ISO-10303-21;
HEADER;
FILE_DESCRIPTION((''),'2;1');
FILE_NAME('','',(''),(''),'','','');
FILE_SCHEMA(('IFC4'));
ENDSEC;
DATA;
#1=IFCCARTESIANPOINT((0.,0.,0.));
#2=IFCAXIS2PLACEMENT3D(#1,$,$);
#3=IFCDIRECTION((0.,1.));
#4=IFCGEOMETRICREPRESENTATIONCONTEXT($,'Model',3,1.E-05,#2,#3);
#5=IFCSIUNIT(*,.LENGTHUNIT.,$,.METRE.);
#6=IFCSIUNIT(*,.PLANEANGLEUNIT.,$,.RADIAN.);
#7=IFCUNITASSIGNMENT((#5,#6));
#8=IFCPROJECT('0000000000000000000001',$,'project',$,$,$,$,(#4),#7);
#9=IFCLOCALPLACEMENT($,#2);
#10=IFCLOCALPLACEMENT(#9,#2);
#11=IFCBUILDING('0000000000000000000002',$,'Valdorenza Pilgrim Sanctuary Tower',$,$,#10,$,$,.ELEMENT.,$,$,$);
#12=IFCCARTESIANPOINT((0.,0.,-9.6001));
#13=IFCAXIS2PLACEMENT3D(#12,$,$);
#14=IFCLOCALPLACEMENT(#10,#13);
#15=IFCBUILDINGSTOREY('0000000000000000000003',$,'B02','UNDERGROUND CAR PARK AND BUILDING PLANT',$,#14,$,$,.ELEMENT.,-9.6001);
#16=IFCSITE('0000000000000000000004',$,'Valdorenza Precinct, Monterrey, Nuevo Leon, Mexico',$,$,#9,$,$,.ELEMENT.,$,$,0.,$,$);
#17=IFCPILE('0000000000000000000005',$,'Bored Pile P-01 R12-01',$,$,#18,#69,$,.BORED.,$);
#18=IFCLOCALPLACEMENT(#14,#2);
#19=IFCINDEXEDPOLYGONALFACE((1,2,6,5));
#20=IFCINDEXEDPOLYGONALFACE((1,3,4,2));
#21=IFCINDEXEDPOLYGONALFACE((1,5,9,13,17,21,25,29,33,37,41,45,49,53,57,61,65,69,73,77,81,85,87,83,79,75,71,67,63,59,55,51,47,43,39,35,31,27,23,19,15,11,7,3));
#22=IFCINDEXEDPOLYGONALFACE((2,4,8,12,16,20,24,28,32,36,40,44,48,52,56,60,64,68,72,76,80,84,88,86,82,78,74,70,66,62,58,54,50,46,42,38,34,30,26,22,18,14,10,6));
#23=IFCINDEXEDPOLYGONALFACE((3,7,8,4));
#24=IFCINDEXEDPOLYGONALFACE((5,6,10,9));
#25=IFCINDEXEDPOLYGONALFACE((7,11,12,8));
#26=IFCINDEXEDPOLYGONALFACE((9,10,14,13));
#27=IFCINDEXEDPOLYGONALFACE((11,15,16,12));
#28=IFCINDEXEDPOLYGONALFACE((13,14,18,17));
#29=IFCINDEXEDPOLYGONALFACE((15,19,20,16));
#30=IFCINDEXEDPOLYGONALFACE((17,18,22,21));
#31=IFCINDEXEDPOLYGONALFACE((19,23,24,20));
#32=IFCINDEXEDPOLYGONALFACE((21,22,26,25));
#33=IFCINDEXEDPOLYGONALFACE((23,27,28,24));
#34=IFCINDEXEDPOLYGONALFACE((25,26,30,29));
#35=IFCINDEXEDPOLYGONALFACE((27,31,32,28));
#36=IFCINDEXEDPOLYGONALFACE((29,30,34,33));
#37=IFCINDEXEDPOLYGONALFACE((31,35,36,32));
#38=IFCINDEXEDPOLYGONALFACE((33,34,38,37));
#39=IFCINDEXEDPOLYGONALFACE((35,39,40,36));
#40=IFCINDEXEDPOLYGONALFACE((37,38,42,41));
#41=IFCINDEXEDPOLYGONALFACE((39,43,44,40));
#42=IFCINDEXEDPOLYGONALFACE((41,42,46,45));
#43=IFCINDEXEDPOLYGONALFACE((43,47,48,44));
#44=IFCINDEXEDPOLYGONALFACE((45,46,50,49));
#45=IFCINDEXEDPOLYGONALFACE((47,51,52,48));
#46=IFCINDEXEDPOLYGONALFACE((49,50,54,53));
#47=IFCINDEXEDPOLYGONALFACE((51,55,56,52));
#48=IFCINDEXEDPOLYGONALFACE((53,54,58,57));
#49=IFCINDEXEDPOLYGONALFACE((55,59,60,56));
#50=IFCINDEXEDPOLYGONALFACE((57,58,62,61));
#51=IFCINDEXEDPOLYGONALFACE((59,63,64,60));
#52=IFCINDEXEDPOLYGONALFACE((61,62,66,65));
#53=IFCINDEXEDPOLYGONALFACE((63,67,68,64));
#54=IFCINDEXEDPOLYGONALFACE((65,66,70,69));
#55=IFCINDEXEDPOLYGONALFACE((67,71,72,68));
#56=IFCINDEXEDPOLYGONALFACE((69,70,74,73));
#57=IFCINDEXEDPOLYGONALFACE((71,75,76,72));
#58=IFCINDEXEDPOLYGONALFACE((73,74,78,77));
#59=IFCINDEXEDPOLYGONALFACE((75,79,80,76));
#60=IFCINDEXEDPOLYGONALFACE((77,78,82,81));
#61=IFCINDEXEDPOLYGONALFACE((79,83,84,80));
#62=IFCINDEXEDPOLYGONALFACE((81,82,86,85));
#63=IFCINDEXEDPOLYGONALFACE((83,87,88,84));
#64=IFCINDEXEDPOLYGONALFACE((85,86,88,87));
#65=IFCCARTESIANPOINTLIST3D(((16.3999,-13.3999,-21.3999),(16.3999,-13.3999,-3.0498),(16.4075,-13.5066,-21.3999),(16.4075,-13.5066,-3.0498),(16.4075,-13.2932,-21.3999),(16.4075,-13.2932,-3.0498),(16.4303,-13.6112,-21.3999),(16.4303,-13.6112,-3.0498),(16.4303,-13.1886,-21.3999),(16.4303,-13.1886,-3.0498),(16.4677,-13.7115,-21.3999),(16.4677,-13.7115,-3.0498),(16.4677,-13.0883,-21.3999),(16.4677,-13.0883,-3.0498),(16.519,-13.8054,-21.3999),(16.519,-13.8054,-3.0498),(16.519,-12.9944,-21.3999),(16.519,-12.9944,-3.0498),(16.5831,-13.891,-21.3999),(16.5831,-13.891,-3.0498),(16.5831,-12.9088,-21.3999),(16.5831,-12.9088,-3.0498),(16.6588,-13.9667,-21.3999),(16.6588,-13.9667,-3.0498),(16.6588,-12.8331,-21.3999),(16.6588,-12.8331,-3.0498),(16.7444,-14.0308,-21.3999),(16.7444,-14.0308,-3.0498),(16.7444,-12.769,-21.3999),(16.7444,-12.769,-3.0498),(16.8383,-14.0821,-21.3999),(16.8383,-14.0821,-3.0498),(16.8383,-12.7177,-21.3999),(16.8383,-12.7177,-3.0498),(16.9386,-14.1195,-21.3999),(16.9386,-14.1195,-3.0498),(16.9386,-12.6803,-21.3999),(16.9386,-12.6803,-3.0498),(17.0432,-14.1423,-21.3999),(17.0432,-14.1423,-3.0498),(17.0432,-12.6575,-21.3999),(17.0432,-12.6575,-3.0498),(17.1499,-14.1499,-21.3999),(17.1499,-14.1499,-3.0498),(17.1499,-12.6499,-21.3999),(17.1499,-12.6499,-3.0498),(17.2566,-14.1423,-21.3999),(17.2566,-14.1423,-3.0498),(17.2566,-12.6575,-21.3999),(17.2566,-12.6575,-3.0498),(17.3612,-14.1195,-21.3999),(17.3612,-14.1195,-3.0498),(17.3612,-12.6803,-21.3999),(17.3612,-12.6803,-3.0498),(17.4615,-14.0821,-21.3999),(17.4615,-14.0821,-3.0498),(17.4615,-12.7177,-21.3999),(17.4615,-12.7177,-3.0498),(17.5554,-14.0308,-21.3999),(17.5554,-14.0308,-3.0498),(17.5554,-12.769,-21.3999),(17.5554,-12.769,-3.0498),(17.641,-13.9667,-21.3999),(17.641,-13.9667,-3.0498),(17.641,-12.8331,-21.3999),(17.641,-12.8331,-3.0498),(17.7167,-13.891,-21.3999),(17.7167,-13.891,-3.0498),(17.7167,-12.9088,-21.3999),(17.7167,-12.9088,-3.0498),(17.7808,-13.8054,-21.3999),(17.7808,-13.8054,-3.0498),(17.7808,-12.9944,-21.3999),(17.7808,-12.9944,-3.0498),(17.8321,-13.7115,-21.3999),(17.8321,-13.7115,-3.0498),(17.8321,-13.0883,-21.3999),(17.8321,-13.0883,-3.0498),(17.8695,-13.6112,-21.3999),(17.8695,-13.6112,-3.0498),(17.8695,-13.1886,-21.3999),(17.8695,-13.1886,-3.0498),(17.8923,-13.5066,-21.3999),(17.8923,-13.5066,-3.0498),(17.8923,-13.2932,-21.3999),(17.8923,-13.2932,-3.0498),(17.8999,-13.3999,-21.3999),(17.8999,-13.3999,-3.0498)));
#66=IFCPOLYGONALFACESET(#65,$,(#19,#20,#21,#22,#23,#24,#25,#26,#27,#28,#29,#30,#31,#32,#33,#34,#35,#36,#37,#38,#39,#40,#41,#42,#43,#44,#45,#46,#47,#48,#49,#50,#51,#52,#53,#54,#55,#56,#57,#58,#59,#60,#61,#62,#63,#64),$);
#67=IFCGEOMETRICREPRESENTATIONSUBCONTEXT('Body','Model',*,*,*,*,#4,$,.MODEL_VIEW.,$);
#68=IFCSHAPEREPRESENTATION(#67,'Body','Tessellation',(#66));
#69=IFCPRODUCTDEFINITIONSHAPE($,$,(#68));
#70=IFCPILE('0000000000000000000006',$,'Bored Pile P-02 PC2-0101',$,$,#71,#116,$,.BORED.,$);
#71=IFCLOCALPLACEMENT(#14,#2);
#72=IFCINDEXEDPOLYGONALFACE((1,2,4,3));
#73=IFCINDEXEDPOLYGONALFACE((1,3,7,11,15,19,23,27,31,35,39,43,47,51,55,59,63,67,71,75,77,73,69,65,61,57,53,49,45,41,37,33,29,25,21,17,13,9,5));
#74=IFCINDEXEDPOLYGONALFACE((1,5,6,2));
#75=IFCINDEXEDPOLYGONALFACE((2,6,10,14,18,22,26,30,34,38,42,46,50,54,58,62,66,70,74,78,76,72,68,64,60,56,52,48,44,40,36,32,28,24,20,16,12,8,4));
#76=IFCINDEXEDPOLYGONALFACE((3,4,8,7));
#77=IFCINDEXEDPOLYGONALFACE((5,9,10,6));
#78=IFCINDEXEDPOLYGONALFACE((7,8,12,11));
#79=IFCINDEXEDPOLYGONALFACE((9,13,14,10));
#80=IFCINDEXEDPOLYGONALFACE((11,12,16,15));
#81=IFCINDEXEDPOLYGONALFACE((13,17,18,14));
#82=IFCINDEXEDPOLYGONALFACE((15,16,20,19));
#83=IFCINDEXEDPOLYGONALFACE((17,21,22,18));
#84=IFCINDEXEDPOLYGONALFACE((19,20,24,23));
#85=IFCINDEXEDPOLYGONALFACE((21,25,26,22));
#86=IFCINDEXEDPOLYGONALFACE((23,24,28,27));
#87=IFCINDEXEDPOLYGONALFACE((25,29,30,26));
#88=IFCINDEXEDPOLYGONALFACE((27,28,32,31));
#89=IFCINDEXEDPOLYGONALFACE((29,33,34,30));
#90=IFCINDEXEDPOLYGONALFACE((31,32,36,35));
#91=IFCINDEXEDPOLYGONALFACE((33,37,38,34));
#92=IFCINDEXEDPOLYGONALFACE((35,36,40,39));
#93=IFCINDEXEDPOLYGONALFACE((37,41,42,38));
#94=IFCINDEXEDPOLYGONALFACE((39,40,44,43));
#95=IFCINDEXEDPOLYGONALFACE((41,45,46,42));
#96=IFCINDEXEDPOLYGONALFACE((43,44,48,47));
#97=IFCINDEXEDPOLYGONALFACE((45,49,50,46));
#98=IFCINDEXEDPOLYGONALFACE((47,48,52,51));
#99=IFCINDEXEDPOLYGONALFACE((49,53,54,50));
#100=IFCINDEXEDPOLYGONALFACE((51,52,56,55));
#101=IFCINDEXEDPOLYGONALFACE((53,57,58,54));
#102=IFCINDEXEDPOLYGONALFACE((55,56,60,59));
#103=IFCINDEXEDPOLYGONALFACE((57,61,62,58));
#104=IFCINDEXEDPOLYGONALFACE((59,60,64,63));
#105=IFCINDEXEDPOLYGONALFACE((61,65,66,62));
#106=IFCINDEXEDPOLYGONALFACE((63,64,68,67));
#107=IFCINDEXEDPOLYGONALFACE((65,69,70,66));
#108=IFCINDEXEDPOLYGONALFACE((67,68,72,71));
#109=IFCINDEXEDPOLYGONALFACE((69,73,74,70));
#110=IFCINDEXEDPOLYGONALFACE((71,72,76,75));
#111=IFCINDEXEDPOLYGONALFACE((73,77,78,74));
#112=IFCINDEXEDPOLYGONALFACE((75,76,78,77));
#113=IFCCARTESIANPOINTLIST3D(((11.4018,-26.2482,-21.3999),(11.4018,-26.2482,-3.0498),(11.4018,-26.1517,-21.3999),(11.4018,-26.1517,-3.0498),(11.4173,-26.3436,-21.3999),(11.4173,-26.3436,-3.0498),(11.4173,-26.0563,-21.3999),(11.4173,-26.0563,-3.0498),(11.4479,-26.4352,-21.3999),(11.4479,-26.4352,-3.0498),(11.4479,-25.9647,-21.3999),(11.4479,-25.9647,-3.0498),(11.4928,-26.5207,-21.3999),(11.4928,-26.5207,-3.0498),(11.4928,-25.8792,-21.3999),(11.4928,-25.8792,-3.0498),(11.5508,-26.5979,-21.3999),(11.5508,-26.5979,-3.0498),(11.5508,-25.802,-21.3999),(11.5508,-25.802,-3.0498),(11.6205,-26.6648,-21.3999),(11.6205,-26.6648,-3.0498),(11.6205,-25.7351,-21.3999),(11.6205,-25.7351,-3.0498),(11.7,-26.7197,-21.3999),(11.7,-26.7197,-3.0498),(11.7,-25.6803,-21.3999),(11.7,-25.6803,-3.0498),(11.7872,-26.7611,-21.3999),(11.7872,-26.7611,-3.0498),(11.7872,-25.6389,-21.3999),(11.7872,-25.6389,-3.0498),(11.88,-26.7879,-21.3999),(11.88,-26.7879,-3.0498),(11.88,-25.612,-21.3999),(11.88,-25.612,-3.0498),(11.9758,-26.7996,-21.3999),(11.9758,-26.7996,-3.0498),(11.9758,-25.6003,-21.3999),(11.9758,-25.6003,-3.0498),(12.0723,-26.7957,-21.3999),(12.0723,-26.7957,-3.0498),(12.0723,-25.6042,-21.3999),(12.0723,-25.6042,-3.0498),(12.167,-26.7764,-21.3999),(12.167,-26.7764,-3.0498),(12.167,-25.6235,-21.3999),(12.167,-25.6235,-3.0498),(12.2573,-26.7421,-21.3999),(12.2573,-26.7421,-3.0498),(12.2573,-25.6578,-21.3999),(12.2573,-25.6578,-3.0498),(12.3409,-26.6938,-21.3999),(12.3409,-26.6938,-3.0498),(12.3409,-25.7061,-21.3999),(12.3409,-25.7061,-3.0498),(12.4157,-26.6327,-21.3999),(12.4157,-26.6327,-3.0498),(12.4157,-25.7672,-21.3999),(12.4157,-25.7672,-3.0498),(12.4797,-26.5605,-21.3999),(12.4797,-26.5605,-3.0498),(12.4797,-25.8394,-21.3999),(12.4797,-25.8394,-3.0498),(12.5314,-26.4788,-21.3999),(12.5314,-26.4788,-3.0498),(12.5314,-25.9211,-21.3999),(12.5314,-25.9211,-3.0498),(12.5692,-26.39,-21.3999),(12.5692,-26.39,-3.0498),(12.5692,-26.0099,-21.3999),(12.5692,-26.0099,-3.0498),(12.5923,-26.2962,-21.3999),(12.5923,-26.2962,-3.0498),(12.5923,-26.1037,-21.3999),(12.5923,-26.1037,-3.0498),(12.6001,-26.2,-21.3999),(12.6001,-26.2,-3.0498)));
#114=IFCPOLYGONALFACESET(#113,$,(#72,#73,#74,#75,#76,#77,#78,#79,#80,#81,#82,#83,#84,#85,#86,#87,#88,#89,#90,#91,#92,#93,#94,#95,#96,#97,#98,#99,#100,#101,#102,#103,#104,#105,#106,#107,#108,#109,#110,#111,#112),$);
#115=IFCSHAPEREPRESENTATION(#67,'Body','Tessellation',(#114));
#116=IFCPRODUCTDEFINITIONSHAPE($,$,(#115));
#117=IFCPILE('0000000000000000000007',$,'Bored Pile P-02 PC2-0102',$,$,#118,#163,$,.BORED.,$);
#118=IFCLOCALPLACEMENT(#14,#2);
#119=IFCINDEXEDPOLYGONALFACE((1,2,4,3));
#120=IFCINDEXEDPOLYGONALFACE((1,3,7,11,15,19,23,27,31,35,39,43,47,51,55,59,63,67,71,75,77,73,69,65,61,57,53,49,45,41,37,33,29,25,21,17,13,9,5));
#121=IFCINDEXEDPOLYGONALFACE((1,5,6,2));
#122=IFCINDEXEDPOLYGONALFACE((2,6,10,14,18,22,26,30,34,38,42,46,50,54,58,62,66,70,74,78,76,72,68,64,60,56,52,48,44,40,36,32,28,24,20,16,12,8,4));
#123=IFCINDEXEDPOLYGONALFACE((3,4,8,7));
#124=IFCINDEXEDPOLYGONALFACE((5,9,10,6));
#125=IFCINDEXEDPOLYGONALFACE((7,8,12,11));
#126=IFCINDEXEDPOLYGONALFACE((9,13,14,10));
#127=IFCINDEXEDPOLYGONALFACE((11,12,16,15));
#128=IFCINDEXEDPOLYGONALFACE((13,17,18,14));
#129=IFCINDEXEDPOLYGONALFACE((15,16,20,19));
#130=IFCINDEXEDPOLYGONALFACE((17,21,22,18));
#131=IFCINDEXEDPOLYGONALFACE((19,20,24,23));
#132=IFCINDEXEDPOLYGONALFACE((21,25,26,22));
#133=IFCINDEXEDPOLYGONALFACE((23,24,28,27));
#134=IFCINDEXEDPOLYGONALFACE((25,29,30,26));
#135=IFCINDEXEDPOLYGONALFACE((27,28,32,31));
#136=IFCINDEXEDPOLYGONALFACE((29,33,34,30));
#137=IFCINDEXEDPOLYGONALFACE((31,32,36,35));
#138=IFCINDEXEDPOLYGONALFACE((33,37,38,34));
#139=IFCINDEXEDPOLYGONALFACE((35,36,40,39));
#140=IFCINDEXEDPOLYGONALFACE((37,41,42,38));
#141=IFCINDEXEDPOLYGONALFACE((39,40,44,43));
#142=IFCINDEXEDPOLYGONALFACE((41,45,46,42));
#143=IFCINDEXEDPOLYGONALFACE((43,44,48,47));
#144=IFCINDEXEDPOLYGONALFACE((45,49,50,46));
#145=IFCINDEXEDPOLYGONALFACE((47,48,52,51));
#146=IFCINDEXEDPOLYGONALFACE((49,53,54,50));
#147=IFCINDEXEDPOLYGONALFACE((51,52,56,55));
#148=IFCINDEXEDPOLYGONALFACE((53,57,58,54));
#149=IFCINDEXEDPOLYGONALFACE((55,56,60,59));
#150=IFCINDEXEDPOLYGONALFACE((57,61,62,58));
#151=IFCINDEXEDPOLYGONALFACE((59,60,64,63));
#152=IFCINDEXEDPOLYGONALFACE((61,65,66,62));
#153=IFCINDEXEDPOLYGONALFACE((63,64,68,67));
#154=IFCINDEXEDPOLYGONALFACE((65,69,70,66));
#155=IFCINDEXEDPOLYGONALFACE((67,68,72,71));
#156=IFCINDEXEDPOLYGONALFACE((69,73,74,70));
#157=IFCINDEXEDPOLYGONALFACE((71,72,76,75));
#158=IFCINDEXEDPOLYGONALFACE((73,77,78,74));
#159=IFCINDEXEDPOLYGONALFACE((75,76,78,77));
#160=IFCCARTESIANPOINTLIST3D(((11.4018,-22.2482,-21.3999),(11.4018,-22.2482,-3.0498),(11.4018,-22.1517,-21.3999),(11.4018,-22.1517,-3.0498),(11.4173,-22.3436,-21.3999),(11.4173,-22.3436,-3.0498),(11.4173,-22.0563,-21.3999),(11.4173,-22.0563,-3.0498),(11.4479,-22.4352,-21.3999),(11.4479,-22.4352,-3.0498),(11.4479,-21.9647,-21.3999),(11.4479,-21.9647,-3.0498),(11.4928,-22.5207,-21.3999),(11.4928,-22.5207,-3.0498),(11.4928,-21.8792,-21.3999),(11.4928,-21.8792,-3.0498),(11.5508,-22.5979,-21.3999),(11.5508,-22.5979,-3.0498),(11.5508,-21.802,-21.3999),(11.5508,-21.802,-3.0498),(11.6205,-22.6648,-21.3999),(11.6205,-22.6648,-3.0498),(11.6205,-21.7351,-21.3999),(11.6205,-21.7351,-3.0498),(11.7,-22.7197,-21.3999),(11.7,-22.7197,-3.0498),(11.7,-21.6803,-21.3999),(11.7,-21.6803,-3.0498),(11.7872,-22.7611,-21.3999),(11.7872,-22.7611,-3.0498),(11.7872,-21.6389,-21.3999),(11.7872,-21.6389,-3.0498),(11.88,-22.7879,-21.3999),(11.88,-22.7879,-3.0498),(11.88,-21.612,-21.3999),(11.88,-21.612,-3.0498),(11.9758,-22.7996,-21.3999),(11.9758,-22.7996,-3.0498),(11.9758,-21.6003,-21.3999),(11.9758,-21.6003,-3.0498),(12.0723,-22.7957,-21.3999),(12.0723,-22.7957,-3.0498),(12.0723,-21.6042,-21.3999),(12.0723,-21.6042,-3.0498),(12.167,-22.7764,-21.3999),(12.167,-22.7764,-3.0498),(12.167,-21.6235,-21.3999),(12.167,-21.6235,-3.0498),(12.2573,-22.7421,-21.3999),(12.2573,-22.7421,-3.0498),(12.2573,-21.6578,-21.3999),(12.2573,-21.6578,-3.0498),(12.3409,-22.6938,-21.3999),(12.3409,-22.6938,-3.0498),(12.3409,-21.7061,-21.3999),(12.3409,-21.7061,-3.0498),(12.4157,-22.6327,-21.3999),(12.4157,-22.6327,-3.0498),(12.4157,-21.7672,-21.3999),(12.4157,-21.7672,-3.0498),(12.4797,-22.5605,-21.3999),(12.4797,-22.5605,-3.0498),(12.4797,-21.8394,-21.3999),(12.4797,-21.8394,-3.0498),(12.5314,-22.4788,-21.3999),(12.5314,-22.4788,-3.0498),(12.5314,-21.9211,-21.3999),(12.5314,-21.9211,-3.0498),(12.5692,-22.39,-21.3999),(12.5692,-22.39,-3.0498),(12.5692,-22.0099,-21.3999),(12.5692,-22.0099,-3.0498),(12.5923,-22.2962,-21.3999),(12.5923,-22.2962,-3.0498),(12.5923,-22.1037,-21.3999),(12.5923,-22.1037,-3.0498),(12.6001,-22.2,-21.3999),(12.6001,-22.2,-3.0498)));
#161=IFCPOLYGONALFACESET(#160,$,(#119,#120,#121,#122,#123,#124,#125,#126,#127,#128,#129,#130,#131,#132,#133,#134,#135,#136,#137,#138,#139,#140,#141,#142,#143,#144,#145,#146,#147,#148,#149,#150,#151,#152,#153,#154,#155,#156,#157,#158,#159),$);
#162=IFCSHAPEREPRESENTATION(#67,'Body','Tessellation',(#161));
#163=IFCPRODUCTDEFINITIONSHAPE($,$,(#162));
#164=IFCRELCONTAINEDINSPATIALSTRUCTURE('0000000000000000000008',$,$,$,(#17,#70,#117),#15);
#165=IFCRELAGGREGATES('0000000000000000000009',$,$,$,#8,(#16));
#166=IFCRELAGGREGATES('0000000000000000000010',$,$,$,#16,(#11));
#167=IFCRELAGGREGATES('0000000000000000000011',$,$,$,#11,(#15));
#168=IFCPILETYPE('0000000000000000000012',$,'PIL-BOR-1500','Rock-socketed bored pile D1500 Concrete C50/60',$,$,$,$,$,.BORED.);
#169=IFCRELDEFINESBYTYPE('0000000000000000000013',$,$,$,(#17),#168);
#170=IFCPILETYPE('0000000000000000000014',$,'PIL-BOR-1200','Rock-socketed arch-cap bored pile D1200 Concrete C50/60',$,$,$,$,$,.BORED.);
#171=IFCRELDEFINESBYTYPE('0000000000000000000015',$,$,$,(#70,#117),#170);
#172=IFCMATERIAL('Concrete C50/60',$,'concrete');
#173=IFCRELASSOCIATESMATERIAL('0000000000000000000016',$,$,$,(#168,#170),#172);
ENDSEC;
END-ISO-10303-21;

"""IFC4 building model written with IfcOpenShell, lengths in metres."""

from ifc_helpers import new_model, si_unit, direction, frame, origin, origin_2d, place, context, subcontext, project, spatial, circle, extrude, source, transform, mapped, material, material_profile, profile_set, type_object, element, save


model = new_model("IFC4")

# Units and contexts
model_context = context("Model", 3, precision=1e-05, world=origin(), true_north=direction((0.0, 1.0)))
body_context = subcontext(model_context, "Body", "Model", "MODEL_VIEW")
ifc_project = project(units=[si_unit("LENGTHUNIT", "METRE"), si_unit("PLANEANGLEUNIT", "RADIAN")], contexts=[model_context])

# Site, building, storey
site_placement = place(None, origin())
site = spatial("IfcSite", under=ifc_project, at=site_placement, Name="Valdorenza Precinct, Monterrey, Nuevo Leon, Mexico", CompositionType="ELEMENT", RefElevation=0.0)
building_placement = place(site_placement, origin())
building = spatial("IfcBuilding", under=site, at=building_placement, Name="Valdorenza Pilgrim Sanctuary Tower", CompositionType="ELEMENT")
storey_placement = place(building_placement, frame((0.0, 0.0, -9.6001)))
storey = spatial("IfcBuildingStorey", under=building, at=storey_placement, Name="B02", Description="UNDERGROUND CAR PARK AND BUILDING PLANT", CompositionType="ELEMENT", Elevation=-9.6001)

# Shared definitions
ifc_material_1 = material(Name="Concrete C50/60", Category="concrete")

# Piles
ifc_material_profile_1 = material_profile(ifc_material_1, circle(Radius=0.75, at=origin_2d()), Name="BORED PILE 1500")
ifc_profile_set_1 = profile_set([ifc_material_profile_1], Name="Concrete C50/60")
pile_type_1 = type_object("IfcPileType", Name="PIL-BOR-1500", Description="Rock-socketed bored pile D1500 Concrete C50/60", PredefinedType="BORED", material=ifc_profile_set_1)
shared_shape_1 = source(origin(), body_context, "Body", "SweptSolid", [
    extrude(circle(Radius=0.75, at=origin_2d()), origin(), (0.0, 0.0, 1.0), 18.3501),
])
for number, where, z_axis, x_axis, name in (
    (1, (17.1499, -13.3999, -3.0498), (0.0, 0.0, -1.0), (1.0, 0.0, 0.0), "Bored Pile P-01 R12-01"),
):
    element("IfcPile", number, at=place(storey_placement, frame(where, z_axis=z_axis, x_axis=x_axis)), inside=storey, type_object=pile_type_1, Name=name, PredefinedType="BORED", context=body_context, shape_type="MappedRepresentation", body=[
        mapped(shared_shape_1, transform((0.0, 0.0, 0.0), x_axis=(1.0, 0.0, 0.0), y_axis=(0.0, 1.0, 0.0), z_axis=(0.0, 0.0, 1.0), scale=1.0)),
    ])
ifc_material_profile_2 = material_profile(ifc_material_1, circle(Radius=0.6001, at=origin_2d()), Name="BORED PILE 1200")
ifc_profile_set_2 = profile_set([ifc_material_profile_2], Name="Concrete C50/60")
pile_type_2 = type_object("IfcPileType", Name="PIL-BOR-1200", Description="Rock-socketed arch-cap bored pile D1200 Concrete C50/60", PredefinedType="BORED", material=ifc_profile_set_2)
shared_shape_2 = source(origin(), body_context, "Body", "SweptSolid", [
    extrude(circle(Radius=0.6001, at=origin_2d()), origin(), (0.0, 0.0, 1.0), 18.3501),
])
for number, where, z_axis, x_axis, name in (
    (2, (12.0, -26.2, -3.0498), (0.0, 0.0, -1.0), (1.0, 0.0, 0.0), "Bored Pile P-02 PC2-0101"),
    (3, (12.0, -22.2, -3.0498), (0.0, 0.0, -1.0), (1.0, 0.0, 0.0), "Bored Pile P-02 PC2-0102"),
):
    element("IfcPile", number, at=place(storey_placement, frame(where, z_axis=z_axis, x_axis=x_axis)), inside=storey, type_object=pile_type_2, Name=name, PredefinedType="BORED", context=body_context, shape_type="MappedRepresentation", body=[
        mapped(shared_shape_2, transform((0.0, 0.0, 0.0), x_axis=(1.0, 0.0, 0.0), y_axis=(0.0, 1.0, 0.0), z_axis=(0.0, 0.0, 1.0), scale=1.0)),
    ])

save(model, "model.ifc")
